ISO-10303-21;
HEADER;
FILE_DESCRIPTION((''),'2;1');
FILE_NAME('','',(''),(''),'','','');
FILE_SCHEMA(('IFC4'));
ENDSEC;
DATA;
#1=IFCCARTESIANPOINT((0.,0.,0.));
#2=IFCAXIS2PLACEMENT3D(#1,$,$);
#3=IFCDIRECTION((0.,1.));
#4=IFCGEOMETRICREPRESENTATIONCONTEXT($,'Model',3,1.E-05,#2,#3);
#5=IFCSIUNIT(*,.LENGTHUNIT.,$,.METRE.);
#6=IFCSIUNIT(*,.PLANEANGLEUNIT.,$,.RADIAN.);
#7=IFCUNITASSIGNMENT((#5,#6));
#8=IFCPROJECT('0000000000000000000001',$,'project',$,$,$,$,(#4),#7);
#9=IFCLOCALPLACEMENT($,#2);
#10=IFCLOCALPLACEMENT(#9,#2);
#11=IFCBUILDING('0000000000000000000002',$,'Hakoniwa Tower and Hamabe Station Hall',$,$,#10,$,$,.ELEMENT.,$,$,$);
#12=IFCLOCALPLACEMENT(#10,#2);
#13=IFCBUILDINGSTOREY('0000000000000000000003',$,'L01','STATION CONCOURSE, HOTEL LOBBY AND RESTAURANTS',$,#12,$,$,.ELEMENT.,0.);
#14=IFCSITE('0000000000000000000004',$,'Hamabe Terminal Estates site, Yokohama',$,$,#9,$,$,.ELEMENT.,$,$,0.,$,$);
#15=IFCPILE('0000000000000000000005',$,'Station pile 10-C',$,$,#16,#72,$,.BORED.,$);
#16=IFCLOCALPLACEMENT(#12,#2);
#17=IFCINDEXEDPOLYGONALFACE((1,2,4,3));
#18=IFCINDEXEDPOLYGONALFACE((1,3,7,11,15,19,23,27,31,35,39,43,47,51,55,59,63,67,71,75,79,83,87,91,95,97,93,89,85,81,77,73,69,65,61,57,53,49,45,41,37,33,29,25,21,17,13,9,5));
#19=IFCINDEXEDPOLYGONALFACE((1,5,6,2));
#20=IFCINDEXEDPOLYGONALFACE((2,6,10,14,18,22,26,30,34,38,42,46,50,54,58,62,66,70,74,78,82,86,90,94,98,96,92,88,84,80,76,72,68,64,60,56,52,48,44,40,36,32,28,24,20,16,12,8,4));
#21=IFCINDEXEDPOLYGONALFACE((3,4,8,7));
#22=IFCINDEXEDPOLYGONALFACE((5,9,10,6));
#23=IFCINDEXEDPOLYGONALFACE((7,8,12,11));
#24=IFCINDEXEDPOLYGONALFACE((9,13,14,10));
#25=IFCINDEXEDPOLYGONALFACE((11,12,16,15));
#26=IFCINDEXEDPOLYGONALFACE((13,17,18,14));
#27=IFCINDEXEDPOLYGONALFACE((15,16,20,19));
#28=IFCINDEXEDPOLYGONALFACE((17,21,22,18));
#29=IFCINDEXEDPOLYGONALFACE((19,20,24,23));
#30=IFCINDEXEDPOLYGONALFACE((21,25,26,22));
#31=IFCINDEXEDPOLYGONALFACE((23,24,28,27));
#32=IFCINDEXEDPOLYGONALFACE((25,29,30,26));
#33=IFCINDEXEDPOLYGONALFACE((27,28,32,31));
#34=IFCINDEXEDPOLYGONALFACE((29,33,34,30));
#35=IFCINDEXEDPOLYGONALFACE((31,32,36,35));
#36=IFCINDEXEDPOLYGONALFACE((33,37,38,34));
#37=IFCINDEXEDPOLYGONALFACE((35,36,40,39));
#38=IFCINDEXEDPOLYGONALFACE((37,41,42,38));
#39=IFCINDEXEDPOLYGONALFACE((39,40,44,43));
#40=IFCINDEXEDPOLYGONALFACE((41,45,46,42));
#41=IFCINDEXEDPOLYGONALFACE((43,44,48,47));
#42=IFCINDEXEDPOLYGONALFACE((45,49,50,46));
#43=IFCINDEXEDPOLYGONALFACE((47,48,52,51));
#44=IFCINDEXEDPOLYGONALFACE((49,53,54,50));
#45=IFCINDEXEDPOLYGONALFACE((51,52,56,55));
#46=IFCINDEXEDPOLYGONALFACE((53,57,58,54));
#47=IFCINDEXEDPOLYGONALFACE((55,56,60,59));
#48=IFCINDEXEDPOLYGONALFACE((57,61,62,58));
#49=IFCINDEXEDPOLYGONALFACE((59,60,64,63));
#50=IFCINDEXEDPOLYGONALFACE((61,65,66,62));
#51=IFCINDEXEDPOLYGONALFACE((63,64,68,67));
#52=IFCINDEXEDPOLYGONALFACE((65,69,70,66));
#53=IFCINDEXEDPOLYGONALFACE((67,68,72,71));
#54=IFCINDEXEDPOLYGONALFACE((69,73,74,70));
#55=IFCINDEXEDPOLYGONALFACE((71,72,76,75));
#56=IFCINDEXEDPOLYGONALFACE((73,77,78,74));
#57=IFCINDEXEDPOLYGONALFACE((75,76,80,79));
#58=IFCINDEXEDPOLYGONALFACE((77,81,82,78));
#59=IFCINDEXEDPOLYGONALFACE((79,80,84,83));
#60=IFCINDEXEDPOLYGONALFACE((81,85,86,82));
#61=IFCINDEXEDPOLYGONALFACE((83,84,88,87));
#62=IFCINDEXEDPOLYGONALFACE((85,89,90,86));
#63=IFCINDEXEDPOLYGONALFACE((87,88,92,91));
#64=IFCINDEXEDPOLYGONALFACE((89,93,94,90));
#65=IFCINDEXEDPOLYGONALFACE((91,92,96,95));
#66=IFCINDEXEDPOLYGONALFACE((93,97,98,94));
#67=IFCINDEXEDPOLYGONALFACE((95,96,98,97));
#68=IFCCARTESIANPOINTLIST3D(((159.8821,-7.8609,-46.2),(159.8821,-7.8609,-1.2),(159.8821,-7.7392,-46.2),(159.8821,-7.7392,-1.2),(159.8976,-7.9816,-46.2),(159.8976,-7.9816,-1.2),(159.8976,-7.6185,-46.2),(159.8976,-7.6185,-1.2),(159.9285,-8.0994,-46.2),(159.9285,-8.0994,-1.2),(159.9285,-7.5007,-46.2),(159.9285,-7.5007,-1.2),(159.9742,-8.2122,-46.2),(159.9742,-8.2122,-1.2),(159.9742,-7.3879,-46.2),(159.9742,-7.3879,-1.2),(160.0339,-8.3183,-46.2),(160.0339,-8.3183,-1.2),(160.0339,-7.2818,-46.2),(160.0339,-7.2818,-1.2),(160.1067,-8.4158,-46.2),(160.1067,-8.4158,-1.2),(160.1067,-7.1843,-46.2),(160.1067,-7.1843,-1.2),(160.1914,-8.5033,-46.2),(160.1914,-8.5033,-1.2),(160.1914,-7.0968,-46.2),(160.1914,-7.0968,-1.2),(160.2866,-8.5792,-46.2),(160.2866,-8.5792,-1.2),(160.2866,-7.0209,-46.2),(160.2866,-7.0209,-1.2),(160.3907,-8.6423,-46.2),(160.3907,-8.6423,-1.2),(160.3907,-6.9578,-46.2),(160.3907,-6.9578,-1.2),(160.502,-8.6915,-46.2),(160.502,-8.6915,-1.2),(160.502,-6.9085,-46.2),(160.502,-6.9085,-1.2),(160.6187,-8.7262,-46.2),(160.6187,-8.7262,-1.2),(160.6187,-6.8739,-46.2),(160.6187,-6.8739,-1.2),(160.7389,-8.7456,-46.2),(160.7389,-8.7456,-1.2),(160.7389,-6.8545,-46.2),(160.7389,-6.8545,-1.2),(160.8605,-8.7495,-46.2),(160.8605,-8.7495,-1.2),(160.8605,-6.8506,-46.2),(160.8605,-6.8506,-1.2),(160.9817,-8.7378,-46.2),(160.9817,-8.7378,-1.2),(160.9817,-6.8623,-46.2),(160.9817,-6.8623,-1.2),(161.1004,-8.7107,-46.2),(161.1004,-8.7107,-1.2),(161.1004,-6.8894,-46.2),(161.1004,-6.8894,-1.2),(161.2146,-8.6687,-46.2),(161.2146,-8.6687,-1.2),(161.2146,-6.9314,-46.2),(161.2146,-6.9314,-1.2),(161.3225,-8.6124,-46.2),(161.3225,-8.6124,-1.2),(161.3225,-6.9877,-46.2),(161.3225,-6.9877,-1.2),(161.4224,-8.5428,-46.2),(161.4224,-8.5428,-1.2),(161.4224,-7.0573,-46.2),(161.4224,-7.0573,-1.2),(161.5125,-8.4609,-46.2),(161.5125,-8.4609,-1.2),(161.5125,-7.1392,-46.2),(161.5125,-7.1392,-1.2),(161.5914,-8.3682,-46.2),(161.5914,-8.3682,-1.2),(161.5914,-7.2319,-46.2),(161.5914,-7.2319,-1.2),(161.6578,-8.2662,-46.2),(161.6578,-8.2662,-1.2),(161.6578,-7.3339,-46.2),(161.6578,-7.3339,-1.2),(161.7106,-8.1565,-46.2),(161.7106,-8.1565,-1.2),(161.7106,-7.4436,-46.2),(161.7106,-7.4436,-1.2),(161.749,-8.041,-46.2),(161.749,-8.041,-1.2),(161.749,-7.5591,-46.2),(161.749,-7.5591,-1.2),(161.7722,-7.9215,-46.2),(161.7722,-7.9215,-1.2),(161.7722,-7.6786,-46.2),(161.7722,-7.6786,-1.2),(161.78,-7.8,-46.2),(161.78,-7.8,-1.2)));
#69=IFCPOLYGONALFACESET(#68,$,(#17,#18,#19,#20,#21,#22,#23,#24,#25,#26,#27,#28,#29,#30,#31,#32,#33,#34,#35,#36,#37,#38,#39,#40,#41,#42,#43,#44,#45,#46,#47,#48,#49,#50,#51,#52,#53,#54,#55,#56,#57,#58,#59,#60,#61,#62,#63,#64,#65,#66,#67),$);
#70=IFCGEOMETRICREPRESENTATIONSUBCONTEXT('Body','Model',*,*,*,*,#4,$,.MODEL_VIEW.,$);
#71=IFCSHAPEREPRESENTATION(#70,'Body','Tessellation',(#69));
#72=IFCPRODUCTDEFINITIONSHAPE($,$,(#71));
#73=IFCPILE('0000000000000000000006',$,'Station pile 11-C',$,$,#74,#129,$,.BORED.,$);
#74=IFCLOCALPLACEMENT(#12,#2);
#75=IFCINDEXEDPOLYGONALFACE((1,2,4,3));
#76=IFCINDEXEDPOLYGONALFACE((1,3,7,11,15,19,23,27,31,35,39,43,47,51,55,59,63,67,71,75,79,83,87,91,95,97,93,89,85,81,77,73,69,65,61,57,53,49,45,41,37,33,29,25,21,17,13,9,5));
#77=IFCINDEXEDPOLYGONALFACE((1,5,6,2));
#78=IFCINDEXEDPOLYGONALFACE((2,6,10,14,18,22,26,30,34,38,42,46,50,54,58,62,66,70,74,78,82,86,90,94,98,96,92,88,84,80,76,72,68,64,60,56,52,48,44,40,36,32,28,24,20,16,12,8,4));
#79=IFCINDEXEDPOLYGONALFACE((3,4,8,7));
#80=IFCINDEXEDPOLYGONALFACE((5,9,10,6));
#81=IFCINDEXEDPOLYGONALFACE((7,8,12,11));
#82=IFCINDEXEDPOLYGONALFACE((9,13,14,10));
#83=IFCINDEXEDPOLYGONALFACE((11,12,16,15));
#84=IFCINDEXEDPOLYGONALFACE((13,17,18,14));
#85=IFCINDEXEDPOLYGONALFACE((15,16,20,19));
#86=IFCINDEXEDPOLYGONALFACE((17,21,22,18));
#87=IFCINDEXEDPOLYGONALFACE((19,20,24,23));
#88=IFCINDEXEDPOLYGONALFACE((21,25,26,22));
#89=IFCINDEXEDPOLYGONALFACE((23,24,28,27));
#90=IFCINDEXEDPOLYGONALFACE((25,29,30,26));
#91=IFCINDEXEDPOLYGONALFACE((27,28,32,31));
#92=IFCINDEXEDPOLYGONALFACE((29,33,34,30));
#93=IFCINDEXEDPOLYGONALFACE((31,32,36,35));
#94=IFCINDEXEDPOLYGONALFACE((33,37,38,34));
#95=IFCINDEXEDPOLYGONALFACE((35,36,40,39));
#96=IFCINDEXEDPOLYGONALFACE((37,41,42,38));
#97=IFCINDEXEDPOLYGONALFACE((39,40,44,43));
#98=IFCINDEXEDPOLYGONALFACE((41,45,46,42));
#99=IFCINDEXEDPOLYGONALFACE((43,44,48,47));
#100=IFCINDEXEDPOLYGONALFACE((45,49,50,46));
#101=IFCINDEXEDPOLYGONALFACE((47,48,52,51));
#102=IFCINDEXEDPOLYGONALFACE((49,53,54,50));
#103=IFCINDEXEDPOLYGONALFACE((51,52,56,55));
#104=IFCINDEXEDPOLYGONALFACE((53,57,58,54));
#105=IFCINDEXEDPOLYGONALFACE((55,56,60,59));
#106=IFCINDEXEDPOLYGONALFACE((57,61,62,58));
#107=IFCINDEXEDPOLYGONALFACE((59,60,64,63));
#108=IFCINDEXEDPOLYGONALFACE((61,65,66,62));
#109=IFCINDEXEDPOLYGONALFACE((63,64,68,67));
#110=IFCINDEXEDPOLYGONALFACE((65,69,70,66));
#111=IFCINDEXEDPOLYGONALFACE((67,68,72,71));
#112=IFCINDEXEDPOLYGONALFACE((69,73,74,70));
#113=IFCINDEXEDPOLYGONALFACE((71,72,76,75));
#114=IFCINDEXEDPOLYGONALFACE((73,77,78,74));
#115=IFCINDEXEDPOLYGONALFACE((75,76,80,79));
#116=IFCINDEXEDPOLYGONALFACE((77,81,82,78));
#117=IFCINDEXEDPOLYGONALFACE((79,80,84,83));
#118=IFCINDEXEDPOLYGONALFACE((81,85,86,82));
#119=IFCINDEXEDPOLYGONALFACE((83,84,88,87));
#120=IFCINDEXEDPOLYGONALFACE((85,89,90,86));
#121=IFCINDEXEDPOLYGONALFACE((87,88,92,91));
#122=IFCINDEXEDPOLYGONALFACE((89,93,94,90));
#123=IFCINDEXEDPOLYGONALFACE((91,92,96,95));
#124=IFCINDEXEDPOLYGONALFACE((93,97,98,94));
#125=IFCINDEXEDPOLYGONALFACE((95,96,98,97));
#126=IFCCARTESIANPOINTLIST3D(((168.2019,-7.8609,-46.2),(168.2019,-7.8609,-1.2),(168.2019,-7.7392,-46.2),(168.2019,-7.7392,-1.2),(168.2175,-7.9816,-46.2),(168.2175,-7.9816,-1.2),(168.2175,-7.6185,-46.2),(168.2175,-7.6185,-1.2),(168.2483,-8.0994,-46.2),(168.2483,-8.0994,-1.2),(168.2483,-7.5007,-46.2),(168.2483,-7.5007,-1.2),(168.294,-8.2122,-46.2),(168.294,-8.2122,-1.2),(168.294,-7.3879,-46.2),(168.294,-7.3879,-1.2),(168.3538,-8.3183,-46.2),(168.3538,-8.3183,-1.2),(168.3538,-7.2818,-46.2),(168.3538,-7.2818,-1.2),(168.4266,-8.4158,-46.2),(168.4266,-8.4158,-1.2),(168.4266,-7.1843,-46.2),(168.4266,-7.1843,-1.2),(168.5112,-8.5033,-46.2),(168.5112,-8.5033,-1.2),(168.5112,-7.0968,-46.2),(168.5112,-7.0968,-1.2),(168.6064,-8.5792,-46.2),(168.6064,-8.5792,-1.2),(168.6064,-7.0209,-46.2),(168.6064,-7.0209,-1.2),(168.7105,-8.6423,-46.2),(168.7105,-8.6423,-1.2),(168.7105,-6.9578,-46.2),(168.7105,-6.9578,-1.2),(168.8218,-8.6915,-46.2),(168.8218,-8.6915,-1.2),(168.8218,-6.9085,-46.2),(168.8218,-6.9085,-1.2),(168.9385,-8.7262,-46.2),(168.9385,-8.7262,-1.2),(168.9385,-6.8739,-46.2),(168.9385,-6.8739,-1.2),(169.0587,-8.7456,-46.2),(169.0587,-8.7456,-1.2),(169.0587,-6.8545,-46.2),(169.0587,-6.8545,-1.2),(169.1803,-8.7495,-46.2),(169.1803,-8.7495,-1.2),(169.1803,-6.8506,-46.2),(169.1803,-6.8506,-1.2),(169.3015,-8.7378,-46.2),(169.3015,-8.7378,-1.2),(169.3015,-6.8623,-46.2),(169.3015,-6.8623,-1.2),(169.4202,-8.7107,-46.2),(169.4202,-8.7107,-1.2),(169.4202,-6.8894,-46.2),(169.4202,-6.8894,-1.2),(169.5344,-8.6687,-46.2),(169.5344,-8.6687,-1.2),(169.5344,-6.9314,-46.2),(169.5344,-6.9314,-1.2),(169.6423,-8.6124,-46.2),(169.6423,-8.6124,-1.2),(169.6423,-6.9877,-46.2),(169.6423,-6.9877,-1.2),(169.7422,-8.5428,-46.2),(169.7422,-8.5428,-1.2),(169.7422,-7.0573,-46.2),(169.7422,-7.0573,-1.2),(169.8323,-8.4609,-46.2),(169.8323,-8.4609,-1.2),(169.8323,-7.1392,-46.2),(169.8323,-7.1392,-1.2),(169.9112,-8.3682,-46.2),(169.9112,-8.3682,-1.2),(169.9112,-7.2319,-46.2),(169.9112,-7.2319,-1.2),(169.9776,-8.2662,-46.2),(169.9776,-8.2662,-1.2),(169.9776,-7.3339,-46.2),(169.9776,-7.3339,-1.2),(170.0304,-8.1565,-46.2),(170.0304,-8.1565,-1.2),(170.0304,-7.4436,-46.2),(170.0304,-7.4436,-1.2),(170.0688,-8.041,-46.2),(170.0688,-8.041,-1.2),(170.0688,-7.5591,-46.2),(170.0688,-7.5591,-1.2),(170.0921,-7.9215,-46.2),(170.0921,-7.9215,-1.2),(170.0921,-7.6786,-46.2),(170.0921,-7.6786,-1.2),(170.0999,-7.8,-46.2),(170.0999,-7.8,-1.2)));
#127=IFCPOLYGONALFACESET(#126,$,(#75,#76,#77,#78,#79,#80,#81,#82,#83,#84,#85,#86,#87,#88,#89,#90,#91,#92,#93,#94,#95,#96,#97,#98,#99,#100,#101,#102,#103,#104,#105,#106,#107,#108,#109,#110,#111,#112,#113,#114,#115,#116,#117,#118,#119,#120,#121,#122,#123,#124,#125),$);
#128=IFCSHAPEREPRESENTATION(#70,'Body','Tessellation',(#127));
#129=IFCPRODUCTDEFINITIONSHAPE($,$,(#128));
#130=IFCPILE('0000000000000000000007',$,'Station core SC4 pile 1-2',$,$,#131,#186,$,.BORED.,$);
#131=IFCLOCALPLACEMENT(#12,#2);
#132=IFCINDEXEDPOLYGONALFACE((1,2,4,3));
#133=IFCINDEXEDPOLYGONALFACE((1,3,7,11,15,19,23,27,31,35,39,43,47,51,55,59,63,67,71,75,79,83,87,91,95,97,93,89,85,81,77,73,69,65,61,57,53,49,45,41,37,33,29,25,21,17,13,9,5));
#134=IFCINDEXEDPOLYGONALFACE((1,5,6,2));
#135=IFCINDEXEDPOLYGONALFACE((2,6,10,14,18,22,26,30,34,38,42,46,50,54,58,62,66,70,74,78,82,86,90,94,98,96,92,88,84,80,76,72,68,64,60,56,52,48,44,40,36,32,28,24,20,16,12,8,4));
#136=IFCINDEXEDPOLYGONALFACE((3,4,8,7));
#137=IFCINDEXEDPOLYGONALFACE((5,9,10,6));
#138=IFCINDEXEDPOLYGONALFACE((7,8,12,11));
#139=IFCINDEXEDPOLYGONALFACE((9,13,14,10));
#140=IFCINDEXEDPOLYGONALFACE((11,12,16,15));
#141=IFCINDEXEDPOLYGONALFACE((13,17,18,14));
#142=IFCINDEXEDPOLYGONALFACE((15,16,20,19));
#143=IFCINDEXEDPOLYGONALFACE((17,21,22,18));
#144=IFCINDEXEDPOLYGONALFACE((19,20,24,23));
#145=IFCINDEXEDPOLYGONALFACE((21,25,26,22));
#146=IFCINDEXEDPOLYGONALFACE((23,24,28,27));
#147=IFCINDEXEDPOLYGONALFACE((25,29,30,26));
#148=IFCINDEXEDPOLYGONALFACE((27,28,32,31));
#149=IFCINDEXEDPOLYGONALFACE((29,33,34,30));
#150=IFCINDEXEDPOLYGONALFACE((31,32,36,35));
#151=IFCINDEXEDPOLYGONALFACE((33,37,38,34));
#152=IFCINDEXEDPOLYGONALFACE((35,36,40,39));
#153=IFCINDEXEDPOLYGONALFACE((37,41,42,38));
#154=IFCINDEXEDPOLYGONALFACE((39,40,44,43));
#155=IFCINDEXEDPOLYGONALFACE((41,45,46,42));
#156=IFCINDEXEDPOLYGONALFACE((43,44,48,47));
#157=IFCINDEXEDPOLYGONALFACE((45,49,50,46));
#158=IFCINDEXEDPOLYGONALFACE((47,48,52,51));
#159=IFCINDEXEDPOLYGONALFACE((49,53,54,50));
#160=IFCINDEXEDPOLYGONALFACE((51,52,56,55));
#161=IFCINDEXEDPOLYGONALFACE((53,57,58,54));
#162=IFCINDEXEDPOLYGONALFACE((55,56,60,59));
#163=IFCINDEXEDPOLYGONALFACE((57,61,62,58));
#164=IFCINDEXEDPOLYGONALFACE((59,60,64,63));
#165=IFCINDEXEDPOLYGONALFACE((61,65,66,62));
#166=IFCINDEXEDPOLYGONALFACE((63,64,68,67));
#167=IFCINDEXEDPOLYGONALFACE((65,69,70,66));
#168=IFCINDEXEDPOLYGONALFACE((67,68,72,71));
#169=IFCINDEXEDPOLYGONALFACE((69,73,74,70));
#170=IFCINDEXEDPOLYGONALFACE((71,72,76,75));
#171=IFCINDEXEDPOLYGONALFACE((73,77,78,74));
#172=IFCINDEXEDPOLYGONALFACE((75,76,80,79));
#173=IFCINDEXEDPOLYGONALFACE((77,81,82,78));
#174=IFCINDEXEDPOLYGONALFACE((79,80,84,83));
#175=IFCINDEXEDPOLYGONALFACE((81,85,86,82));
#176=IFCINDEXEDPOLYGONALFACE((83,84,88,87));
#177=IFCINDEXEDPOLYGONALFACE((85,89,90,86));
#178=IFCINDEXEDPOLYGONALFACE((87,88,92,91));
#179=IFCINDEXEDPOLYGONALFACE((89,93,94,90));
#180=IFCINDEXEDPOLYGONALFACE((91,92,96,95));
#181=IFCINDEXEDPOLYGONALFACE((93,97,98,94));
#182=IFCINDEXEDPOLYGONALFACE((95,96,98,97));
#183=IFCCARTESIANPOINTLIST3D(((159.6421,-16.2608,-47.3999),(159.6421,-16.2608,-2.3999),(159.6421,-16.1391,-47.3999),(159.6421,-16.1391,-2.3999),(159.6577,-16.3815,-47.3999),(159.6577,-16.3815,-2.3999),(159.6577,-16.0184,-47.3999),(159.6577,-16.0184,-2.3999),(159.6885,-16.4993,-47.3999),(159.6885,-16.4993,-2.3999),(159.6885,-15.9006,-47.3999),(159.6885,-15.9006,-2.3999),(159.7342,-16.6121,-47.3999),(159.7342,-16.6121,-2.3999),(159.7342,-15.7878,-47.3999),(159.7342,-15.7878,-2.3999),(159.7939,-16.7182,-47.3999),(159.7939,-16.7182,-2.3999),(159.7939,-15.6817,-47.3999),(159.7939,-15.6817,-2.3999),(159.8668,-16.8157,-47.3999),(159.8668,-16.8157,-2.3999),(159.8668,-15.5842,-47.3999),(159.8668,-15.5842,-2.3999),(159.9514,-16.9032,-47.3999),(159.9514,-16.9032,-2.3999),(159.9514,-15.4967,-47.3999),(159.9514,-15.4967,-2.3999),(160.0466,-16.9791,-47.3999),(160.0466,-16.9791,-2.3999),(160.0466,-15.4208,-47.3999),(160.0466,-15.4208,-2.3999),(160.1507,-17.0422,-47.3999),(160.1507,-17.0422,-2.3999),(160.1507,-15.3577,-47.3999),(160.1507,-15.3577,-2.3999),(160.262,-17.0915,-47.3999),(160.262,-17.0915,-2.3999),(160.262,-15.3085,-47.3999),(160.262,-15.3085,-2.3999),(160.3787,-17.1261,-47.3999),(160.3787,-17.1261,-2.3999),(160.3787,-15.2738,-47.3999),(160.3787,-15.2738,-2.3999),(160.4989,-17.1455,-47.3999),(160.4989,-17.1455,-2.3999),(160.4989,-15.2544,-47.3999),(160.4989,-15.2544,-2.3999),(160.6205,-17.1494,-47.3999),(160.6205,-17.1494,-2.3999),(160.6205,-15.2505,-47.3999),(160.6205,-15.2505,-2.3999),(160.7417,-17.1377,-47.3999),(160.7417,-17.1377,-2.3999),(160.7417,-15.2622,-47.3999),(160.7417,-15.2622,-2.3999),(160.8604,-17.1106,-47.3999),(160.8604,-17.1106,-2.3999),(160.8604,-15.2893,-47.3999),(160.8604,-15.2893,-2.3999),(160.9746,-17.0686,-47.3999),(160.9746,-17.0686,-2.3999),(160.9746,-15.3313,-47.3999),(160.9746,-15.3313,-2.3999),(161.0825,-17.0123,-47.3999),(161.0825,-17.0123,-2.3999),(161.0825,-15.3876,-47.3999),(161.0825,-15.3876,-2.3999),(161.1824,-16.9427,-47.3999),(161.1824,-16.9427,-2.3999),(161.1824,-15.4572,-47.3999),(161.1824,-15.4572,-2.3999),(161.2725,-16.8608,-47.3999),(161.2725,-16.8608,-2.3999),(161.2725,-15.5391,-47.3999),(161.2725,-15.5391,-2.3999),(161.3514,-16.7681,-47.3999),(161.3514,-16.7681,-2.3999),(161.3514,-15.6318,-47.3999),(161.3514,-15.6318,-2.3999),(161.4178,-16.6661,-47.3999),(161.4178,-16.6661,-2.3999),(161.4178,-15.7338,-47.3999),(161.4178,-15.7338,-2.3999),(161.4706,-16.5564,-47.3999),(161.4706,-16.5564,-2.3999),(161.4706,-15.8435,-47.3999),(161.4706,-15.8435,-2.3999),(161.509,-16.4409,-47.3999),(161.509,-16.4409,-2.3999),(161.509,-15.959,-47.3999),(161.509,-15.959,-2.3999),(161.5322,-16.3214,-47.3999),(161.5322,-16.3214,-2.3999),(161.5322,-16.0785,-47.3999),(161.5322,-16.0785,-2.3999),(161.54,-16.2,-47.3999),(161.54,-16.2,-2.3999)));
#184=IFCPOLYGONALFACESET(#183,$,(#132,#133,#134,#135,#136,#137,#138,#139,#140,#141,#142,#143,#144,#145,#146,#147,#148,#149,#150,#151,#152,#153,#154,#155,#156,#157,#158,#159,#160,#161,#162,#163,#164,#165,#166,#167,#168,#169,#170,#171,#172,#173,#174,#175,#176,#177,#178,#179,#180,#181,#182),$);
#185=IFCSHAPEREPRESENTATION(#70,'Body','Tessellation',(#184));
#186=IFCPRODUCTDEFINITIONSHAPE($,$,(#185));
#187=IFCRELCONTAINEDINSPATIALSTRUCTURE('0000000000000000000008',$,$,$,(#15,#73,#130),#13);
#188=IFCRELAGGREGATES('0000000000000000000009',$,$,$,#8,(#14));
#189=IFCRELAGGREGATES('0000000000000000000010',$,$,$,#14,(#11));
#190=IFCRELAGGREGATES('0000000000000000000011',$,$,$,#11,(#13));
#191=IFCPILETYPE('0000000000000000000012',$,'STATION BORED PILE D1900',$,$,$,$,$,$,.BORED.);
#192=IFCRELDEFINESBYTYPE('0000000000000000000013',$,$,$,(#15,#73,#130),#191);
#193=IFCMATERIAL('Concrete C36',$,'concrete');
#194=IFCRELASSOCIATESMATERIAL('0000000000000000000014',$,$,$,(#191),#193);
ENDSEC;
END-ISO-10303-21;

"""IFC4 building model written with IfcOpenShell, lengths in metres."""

from ifc_helpers import new_model, si_unit, direction, frame, origin, origin_2d, place, context, subcontext, project, spatial, circle, extrude, material, material_profile, profile_set, type_object, element, save


model = new_model("IFC4")

# Units and contexts
model_context = context("Model", 3, precision=1e-05, world=origin(), true_north=direction((0.0, 1.0)))
body_context = subcontext(model_context, "Body", "Model", "MODEL_VIEW")
ifc_project = project(units=[si_unit("LENGTHUNIT", "METRE"), si_unit("PLANEANGLEUNIT", "RADIAN")], contexts=[model_context])

# Site, building, storey
site_placement = place(None, origin())
site = spatial("IfcSite", under=ifc_project, at=site_placement, Name="Hamabe Terminal Estates site, Yokohama", CompositionType="ELEMENT", RefElevation=0.0)
building_placement = place(site_placement, origin())
building = spatial("IfcBuilding", under=site, at=building_placement, Name="Hakoniwa Tower and Hamabe Station Hall", CompositionType="ELEMENT")
storey_placement = place(building_placement, origin())
storey = spatial("IfcBuildingStorey", under=building, at=storey_placement, Name="L01", Description="STATION CONCOURSE, HOTEL LOBBY AND RESTAURANTS", CompositionType="ELEMENT", Elevation=0.0)

# Piles
ifc_material_1 = material(Name="Concrete C36", Category="concrete")
ifc_material_profile_1 = material_profile(ifc_material_1, circle(Radius=0.95, at=origin_2d()), Name="STATION BORED PILE D1900")
ifc_profile_set_1 = profile_set([ifc_material_profile_1], Name="Concrete C36")
pile_type = type_object("IfcPileType", Name="STATION BORED PILE D1900", PredefinedType="BORED", material=ifc_profile_set_1)
for number, where, z_axis, x_axis, name in (
    (1, (160.8301, -7.8, -1.2), (0.0, 0.0, -1.0), (1.0, 0.0, 0.0), "Station pile 10-C"),
    (2, (169.1499, -7.8, -1.2), (0.0, 0.0, -1.0), (1.0, 0.0, 0.0), "Station pile 11-C"),
    (3, (160.5901, -16.2, -2.3999), (0.0, 0.0, -1.0), (1.0, 0.0, 0.0), "Station core SC4 pile 1-2"),
):
    element("IfcPile", number, at=place(storey_placement, frame(where, z_axis=z_axis, x_axis=x_axis)), inside=storey, type_object=pile_type, Name=name, PredefinedType="BORED", context=body_context, shape_type="SweptSolid", body=[
        extrude(circle(Radius=0.95, at=origin_2d()), origin(), (0.0, 0.0, 1.0), 45.0),
    ])

save(model, "model.ifc")
